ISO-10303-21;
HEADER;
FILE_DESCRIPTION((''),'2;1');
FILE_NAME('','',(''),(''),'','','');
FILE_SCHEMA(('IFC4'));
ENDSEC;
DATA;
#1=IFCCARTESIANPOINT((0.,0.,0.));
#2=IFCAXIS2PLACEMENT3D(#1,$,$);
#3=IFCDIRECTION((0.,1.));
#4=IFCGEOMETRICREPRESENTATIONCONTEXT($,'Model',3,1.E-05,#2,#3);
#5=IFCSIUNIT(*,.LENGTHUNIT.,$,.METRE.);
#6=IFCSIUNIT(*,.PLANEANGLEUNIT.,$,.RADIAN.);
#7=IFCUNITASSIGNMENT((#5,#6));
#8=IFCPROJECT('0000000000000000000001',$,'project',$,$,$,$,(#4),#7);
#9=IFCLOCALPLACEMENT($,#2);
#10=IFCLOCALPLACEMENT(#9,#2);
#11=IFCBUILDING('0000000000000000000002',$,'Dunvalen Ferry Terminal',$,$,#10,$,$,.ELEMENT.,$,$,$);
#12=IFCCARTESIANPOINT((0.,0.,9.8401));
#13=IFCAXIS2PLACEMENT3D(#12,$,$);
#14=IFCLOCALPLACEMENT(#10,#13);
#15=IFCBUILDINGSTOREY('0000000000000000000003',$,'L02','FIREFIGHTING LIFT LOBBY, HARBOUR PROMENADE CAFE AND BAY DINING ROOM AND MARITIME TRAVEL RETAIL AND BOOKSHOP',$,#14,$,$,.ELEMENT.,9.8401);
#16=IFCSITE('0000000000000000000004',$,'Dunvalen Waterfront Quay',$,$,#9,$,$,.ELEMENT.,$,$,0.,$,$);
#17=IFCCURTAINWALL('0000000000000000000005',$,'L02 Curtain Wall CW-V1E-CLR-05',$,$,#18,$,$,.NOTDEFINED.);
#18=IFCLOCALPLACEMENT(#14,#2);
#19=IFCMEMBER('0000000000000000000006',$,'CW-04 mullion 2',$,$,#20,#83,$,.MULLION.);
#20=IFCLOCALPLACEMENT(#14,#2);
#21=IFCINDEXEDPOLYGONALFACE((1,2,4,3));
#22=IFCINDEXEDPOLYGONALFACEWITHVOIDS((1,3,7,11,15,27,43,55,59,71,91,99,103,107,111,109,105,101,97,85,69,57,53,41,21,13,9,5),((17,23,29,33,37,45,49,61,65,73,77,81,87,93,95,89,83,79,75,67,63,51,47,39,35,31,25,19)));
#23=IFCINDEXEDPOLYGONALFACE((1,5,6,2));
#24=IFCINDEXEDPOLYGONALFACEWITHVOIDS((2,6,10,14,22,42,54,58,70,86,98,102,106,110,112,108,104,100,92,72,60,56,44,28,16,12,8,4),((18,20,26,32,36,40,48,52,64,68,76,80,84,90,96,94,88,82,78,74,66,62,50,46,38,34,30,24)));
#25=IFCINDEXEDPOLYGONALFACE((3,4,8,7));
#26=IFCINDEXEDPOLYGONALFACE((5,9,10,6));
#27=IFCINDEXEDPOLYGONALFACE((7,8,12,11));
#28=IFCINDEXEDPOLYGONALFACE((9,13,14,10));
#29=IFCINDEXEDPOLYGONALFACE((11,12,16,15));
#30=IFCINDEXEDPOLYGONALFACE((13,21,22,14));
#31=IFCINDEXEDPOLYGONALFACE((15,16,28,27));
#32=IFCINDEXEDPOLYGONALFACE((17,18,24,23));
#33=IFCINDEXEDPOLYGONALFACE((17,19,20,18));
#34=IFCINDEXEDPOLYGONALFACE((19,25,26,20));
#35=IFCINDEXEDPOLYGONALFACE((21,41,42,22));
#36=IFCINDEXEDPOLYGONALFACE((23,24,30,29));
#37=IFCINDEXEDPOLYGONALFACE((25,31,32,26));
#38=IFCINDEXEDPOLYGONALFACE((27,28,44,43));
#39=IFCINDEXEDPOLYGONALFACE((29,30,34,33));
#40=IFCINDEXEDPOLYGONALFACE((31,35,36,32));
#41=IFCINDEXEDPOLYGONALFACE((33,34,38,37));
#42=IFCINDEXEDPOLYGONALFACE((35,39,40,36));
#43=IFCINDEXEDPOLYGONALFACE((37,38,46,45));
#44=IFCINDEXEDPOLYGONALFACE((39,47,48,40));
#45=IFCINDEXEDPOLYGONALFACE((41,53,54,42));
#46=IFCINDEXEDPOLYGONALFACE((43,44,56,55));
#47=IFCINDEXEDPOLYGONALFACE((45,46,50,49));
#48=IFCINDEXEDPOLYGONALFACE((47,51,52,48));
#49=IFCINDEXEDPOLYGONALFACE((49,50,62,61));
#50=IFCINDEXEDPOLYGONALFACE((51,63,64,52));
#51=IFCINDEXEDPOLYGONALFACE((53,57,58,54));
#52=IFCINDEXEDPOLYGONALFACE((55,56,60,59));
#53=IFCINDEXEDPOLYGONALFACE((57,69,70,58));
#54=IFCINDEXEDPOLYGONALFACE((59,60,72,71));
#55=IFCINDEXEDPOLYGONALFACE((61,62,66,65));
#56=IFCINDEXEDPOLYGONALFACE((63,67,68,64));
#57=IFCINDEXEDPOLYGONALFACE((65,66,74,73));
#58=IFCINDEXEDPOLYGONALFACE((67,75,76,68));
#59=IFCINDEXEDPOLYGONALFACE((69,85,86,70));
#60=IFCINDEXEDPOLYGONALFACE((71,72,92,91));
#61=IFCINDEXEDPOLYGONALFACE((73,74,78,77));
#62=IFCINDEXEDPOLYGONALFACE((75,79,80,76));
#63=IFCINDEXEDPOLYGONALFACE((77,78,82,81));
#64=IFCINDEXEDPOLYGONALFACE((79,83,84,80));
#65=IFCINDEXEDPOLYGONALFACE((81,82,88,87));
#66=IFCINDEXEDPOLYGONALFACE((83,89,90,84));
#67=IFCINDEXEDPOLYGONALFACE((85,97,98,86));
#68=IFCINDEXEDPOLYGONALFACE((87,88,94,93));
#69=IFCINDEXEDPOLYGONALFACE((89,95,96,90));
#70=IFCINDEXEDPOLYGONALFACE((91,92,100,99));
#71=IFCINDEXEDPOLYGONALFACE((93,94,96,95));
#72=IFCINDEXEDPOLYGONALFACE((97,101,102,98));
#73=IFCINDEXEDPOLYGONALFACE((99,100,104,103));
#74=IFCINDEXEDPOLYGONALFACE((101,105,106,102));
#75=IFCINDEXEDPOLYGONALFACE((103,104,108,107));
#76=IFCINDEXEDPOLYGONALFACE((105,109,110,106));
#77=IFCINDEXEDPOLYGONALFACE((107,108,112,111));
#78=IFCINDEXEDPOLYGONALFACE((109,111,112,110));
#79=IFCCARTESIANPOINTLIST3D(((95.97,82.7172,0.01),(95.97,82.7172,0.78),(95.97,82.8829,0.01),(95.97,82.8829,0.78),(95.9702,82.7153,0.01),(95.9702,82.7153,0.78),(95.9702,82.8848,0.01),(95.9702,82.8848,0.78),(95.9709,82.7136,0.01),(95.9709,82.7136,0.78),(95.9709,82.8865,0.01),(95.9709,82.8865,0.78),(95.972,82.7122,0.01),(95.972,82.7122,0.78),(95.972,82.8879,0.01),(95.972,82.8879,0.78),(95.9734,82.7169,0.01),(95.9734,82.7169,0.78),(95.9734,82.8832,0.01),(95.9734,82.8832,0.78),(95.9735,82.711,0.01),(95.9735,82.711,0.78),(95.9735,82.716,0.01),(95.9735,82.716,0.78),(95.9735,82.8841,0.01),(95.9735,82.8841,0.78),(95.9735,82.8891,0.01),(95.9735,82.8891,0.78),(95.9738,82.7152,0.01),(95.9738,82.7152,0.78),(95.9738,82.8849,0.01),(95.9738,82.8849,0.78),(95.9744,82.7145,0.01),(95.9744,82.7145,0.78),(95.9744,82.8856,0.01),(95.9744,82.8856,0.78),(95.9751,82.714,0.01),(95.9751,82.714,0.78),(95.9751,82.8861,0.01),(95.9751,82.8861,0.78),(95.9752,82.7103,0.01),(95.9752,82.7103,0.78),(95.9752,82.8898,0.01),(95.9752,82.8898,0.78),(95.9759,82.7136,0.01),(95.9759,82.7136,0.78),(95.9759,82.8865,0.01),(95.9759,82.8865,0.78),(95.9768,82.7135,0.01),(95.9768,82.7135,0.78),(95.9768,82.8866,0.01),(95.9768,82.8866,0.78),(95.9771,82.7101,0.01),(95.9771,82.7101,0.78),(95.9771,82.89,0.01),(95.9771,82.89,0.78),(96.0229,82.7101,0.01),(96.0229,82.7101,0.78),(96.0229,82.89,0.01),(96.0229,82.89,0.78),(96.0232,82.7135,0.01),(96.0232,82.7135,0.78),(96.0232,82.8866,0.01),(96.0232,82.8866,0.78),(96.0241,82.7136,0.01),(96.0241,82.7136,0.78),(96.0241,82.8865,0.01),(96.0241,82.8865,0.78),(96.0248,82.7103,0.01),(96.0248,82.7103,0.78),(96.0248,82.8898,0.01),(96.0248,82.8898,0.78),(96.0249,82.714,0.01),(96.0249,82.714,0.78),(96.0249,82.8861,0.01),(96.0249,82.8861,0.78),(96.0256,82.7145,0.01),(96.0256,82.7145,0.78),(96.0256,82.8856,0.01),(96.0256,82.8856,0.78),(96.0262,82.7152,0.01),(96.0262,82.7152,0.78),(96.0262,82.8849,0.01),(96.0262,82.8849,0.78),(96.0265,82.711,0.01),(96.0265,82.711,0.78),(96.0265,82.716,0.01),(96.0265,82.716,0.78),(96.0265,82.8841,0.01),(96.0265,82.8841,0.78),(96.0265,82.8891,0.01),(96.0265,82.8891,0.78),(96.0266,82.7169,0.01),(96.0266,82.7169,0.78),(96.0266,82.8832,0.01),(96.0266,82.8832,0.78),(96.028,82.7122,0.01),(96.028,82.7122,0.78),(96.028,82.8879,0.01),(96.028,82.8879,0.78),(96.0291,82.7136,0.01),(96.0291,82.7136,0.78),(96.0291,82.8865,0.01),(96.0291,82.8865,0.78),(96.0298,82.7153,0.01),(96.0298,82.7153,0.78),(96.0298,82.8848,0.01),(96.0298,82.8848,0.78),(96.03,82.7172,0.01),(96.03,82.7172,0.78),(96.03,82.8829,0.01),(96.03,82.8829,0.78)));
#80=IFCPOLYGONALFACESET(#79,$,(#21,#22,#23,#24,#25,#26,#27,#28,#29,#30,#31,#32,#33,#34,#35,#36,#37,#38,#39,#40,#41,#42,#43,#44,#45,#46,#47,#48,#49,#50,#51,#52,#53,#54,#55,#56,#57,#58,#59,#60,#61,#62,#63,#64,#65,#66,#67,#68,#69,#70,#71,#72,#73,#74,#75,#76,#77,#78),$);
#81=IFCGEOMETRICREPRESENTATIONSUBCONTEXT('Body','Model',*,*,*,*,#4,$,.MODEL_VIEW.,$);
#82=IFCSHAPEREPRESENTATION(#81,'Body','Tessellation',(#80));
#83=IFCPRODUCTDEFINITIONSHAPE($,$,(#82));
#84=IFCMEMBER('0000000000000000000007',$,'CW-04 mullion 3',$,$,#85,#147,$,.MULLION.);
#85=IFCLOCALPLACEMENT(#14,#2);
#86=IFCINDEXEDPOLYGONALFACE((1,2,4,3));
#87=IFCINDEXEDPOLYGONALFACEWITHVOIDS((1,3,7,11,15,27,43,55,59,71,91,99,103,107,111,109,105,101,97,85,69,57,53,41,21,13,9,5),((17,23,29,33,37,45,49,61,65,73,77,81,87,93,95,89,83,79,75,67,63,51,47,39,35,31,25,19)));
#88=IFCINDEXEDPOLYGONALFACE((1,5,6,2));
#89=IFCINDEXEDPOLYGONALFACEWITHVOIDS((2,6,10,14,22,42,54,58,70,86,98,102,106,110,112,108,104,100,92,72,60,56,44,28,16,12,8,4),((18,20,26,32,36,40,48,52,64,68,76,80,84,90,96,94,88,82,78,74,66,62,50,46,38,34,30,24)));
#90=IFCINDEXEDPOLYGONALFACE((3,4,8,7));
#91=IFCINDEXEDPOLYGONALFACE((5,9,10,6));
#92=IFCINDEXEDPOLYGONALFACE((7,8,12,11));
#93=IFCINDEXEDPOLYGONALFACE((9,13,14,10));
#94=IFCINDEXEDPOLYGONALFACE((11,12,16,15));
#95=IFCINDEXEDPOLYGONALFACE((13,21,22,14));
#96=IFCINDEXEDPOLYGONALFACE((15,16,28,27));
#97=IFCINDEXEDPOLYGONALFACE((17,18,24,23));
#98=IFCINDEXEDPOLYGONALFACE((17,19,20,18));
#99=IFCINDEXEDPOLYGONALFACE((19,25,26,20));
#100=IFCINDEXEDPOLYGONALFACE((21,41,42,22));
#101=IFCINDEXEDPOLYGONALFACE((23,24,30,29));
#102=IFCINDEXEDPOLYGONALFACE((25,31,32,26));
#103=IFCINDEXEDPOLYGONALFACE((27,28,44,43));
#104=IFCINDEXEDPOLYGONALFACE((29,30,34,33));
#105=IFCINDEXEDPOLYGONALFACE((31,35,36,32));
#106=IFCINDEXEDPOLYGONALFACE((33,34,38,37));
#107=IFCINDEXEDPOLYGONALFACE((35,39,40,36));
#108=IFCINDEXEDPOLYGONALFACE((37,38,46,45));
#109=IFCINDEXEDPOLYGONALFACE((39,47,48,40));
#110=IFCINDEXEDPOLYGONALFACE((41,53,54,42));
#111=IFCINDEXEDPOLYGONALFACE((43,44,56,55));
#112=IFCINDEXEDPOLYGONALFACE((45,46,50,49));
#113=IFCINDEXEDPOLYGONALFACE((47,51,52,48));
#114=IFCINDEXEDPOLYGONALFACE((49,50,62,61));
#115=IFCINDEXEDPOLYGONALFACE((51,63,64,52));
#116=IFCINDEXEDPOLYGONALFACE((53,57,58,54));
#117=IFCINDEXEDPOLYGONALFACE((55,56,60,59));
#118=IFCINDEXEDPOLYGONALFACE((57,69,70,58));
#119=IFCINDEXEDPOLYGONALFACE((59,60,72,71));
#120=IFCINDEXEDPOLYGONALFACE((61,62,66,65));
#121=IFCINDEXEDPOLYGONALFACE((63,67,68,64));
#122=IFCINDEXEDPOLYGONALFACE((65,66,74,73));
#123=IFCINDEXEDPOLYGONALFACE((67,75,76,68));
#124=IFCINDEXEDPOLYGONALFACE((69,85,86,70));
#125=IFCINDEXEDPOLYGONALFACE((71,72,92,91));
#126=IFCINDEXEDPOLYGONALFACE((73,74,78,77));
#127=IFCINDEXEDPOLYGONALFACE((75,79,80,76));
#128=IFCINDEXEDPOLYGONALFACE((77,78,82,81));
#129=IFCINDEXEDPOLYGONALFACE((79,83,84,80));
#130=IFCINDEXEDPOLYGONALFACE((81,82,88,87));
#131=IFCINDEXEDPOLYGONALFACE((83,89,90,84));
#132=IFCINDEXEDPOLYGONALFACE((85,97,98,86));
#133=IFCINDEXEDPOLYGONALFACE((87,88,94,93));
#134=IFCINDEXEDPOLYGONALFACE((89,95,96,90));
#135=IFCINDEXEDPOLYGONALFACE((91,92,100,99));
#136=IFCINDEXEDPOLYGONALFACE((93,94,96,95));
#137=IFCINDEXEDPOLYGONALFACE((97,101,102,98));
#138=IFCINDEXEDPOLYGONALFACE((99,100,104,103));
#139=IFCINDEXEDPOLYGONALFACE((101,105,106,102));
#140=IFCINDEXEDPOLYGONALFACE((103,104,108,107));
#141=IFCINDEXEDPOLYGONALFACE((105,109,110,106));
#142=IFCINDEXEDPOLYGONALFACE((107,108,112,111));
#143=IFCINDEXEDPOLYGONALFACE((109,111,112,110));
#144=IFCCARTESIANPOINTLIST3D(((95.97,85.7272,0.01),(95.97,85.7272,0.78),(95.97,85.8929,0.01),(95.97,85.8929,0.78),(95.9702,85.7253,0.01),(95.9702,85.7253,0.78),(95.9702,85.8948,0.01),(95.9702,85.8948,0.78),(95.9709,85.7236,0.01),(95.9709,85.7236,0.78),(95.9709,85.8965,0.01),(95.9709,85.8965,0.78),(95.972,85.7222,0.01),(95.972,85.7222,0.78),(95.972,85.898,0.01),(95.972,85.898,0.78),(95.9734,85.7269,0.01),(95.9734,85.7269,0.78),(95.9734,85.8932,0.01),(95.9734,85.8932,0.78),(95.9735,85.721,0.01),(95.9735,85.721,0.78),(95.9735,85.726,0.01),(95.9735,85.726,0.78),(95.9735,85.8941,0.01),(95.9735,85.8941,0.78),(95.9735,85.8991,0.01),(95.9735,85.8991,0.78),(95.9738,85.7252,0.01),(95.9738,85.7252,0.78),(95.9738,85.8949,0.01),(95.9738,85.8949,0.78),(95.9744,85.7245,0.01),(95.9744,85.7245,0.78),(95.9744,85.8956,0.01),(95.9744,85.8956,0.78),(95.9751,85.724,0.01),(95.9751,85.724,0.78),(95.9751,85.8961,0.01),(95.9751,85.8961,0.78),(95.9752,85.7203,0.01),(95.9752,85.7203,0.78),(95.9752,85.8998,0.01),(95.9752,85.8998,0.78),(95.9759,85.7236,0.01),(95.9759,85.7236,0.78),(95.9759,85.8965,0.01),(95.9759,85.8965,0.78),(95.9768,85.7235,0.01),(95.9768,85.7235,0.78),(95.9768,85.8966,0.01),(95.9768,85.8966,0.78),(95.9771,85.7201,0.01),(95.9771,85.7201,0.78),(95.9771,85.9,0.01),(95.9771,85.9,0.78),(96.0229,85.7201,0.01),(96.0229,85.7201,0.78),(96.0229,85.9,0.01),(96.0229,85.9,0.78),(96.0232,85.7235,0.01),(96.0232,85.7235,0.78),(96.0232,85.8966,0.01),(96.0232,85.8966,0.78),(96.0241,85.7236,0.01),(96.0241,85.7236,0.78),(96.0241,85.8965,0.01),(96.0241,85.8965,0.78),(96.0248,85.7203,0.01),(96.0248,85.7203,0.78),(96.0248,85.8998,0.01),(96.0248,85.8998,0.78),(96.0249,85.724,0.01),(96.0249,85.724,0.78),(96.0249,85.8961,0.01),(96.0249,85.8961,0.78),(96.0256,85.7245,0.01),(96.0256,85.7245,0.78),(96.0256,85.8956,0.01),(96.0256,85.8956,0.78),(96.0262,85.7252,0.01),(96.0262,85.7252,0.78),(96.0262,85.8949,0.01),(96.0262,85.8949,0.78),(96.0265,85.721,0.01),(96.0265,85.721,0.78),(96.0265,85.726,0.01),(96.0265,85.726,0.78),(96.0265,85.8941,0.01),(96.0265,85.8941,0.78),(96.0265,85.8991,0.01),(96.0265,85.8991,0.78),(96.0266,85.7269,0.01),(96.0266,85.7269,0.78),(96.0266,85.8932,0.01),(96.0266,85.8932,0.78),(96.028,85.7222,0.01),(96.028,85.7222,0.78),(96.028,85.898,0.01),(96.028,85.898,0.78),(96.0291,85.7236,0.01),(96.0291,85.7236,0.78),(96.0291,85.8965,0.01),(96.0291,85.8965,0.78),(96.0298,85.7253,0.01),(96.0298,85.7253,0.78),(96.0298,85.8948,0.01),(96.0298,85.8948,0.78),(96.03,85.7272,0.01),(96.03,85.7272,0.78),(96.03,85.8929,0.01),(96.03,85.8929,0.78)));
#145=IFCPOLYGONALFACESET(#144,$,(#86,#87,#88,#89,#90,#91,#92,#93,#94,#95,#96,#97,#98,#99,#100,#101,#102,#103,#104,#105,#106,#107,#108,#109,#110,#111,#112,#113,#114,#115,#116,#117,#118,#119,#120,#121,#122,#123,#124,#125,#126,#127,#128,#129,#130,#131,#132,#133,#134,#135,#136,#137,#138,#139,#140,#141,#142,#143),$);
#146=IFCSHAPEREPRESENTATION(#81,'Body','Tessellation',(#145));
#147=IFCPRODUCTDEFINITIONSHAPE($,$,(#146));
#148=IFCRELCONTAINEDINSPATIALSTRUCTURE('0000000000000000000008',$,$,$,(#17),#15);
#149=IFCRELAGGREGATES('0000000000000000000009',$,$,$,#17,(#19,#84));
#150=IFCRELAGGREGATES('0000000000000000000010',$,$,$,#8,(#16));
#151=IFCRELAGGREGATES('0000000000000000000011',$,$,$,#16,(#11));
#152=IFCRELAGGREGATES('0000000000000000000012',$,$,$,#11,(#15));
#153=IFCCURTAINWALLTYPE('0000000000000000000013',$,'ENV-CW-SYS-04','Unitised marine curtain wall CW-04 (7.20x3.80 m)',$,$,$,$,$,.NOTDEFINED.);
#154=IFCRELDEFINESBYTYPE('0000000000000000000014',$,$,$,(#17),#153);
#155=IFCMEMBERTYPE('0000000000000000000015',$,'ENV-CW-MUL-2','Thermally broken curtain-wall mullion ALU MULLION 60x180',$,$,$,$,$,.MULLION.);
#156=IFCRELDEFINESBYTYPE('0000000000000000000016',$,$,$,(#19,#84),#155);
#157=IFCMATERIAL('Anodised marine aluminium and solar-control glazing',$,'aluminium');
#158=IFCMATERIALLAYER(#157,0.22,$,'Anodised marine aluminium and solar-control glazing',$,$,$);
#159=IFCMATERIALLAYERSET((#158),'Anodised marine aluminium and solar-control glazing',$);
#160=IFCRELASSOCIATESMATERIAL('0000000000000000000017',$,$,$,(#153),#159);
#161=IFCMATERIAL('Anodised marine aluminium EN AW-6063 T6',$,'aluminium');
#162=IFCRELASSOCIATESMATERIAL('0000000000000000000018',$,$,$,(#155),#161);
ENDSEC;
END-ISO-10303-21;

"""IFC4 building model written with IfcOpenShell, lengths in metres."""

from ifc_helpers import new_model, si_unit, direction, frame, origin, origin_2d, place, context, subcontext, project, spatial, hollow_rectangle, extrude, material, layer, layer_set, material_profile, profile_set, type_object, element, aggregate, save


model = new_model("IFC4")

# Units and contexts
model_context = context("Model", 3, precision=1e-05, world=origin(), true_north=direction((0.0, 1.0)))
body_context = subcontext(model_context, "Body", "Model", "MODEL_VIEW")
ifc_project = project(units=[si_unit("LENGTHUNIT", "METRE"), si_unit("PLANEANGLEUNIT", "RADIAN")], contexts=[model_context])

# Site, building, storey
site_placement = place(None, origin())
site = spatial("IfcSite", under=ifc_project, at=site_placement, Name="Dunvalen Waterfront Quay", CompositionType="ELEMENT", RefElevation=0.0)
building_placement = place(site_placement, origin())
building = spatial("IfcBuilding", under=site, at=building_placement, Name="Dunvalen Ferry Terminal", CompositionType="ELEMENT")
storey_placement = place(building_placement, frame((0.0, 0.0, 9.8401)))
storey = spatial("IfcBuildingStorey", under=building, at=storey_placement, Name="L02", Description="FIREFIGHTING LIFT LOBBY, HARBOUR PROMENADE CAFE AND BAY DINING ROOM AND MARITIME TRAVEL RETAIL AND BOOKSHOP", CompositionType="ELEMENT", Elevation=9.8401)

# Curtain wall, members
ifc_material_1 = material(Name="Anodised marine aluminium and solar-control glazing", Category="aluminium")
ifc_layer_1 = layer(ifc_material_1, 0.22, Name="Anodised marine aluminium and solar-control glazing")
ifc_layer_set_1 = layer_set([ifc_layer_1], Name="Anodised marine aluminium and solar-control glazing")
curtain_wall_type = type_object("IfcCurtainWallType", Name="ENV-CW-SYS-04", Description="Unitised marine curtain wall CW-04 (7.20x3.80 m)", PredefinedType="NOTDEFINED", material=ifc_layer_set_1)
curtain_wall_placement = place(storey_placement, origin())
curtain_wall = element("IfcCurtainWall", 1, at=curtain_wall_placement, inside=storey, type_object=curtain_wall_type, Name="L02 Curtain Wall CW-V1E-CLR-05", PredefinedType="NOTDEFINED")
ifc_material_2 = material(Name="Anodised marine aluminium EN AW-6063 T6", Category="aluminium")
ifc_material_profile_1 = material_profile(ifc_material_2, hollow_rectangle(XDim=0.0601, YDim=0.1799, WallThickness=0.0034, InnerFilletRadius=0.0034, OuterFilletRadius=0.0071, at=origin_2d()), Name="Anodised marine aluminium EN AW-6063 T6")
ifc_profile_set_1 = profile_set([ifc_material_profile_1], Name="Anodised marine aluminium EN AW-6063 T6")
member_type_1 = type_object("IfcMemberType", Name="ENV-CW-MUL-2", Description="Thermally broken curtain-wall mullion ALU MULLION 60x180", PredefinedType="MULLION", material=ifc_profile_set_1)
member_1_placement = place(storey_placement, frame((96.0, 82.8, 0.01), z_axis=(0.0, 0.0, 1.0), x_axis=(-1.0, 0.0, 0.0)))
member_1 = element("IfcMember", 2, at=member_1_placement, type_object=member_type_1, Name="CW-04 mullion 2", PredefinedType="MULLION", context=body_context, shape_type="SweptSolid", body=[
    extrude(hollow_rectangle(XDim=0.0601, YDim=0.1799, WallThickness=0.0034, InnerFilletRadius=0.0034, OuterFilletRadius=0.0071, at=origin_2d()), origin(), (0.0, 0.0, 1.0), 0.77),
])
member_2_placement = place(storey_placement, frame((96.0, 85.8101, 0.01), z_axis=(0.0, 0.0, 1.0), x_axis=(-1.0, 0.0, 0.0)))
member_2 = element("IfcMember", 3, at=member_2_placement, type_object=member_type_1, Name="CW-04 mullion 3", PredefinedType="MULLION", context=body_context, shape_type="SweptSolid", body=[
    extrude(hollow_rectangle(XDim=0.0601, YDim=0.1799, WallThickness=0.0034, InnerFilletRadius=0.0034, OuterFilletRadius=0.0071, at=origin_2d()), origin(), (0.0, 0.0, 1.0), 0.77),
])

aggregate(curtain_wall, [member_1, member_2])

save(model, "model.ifc")
